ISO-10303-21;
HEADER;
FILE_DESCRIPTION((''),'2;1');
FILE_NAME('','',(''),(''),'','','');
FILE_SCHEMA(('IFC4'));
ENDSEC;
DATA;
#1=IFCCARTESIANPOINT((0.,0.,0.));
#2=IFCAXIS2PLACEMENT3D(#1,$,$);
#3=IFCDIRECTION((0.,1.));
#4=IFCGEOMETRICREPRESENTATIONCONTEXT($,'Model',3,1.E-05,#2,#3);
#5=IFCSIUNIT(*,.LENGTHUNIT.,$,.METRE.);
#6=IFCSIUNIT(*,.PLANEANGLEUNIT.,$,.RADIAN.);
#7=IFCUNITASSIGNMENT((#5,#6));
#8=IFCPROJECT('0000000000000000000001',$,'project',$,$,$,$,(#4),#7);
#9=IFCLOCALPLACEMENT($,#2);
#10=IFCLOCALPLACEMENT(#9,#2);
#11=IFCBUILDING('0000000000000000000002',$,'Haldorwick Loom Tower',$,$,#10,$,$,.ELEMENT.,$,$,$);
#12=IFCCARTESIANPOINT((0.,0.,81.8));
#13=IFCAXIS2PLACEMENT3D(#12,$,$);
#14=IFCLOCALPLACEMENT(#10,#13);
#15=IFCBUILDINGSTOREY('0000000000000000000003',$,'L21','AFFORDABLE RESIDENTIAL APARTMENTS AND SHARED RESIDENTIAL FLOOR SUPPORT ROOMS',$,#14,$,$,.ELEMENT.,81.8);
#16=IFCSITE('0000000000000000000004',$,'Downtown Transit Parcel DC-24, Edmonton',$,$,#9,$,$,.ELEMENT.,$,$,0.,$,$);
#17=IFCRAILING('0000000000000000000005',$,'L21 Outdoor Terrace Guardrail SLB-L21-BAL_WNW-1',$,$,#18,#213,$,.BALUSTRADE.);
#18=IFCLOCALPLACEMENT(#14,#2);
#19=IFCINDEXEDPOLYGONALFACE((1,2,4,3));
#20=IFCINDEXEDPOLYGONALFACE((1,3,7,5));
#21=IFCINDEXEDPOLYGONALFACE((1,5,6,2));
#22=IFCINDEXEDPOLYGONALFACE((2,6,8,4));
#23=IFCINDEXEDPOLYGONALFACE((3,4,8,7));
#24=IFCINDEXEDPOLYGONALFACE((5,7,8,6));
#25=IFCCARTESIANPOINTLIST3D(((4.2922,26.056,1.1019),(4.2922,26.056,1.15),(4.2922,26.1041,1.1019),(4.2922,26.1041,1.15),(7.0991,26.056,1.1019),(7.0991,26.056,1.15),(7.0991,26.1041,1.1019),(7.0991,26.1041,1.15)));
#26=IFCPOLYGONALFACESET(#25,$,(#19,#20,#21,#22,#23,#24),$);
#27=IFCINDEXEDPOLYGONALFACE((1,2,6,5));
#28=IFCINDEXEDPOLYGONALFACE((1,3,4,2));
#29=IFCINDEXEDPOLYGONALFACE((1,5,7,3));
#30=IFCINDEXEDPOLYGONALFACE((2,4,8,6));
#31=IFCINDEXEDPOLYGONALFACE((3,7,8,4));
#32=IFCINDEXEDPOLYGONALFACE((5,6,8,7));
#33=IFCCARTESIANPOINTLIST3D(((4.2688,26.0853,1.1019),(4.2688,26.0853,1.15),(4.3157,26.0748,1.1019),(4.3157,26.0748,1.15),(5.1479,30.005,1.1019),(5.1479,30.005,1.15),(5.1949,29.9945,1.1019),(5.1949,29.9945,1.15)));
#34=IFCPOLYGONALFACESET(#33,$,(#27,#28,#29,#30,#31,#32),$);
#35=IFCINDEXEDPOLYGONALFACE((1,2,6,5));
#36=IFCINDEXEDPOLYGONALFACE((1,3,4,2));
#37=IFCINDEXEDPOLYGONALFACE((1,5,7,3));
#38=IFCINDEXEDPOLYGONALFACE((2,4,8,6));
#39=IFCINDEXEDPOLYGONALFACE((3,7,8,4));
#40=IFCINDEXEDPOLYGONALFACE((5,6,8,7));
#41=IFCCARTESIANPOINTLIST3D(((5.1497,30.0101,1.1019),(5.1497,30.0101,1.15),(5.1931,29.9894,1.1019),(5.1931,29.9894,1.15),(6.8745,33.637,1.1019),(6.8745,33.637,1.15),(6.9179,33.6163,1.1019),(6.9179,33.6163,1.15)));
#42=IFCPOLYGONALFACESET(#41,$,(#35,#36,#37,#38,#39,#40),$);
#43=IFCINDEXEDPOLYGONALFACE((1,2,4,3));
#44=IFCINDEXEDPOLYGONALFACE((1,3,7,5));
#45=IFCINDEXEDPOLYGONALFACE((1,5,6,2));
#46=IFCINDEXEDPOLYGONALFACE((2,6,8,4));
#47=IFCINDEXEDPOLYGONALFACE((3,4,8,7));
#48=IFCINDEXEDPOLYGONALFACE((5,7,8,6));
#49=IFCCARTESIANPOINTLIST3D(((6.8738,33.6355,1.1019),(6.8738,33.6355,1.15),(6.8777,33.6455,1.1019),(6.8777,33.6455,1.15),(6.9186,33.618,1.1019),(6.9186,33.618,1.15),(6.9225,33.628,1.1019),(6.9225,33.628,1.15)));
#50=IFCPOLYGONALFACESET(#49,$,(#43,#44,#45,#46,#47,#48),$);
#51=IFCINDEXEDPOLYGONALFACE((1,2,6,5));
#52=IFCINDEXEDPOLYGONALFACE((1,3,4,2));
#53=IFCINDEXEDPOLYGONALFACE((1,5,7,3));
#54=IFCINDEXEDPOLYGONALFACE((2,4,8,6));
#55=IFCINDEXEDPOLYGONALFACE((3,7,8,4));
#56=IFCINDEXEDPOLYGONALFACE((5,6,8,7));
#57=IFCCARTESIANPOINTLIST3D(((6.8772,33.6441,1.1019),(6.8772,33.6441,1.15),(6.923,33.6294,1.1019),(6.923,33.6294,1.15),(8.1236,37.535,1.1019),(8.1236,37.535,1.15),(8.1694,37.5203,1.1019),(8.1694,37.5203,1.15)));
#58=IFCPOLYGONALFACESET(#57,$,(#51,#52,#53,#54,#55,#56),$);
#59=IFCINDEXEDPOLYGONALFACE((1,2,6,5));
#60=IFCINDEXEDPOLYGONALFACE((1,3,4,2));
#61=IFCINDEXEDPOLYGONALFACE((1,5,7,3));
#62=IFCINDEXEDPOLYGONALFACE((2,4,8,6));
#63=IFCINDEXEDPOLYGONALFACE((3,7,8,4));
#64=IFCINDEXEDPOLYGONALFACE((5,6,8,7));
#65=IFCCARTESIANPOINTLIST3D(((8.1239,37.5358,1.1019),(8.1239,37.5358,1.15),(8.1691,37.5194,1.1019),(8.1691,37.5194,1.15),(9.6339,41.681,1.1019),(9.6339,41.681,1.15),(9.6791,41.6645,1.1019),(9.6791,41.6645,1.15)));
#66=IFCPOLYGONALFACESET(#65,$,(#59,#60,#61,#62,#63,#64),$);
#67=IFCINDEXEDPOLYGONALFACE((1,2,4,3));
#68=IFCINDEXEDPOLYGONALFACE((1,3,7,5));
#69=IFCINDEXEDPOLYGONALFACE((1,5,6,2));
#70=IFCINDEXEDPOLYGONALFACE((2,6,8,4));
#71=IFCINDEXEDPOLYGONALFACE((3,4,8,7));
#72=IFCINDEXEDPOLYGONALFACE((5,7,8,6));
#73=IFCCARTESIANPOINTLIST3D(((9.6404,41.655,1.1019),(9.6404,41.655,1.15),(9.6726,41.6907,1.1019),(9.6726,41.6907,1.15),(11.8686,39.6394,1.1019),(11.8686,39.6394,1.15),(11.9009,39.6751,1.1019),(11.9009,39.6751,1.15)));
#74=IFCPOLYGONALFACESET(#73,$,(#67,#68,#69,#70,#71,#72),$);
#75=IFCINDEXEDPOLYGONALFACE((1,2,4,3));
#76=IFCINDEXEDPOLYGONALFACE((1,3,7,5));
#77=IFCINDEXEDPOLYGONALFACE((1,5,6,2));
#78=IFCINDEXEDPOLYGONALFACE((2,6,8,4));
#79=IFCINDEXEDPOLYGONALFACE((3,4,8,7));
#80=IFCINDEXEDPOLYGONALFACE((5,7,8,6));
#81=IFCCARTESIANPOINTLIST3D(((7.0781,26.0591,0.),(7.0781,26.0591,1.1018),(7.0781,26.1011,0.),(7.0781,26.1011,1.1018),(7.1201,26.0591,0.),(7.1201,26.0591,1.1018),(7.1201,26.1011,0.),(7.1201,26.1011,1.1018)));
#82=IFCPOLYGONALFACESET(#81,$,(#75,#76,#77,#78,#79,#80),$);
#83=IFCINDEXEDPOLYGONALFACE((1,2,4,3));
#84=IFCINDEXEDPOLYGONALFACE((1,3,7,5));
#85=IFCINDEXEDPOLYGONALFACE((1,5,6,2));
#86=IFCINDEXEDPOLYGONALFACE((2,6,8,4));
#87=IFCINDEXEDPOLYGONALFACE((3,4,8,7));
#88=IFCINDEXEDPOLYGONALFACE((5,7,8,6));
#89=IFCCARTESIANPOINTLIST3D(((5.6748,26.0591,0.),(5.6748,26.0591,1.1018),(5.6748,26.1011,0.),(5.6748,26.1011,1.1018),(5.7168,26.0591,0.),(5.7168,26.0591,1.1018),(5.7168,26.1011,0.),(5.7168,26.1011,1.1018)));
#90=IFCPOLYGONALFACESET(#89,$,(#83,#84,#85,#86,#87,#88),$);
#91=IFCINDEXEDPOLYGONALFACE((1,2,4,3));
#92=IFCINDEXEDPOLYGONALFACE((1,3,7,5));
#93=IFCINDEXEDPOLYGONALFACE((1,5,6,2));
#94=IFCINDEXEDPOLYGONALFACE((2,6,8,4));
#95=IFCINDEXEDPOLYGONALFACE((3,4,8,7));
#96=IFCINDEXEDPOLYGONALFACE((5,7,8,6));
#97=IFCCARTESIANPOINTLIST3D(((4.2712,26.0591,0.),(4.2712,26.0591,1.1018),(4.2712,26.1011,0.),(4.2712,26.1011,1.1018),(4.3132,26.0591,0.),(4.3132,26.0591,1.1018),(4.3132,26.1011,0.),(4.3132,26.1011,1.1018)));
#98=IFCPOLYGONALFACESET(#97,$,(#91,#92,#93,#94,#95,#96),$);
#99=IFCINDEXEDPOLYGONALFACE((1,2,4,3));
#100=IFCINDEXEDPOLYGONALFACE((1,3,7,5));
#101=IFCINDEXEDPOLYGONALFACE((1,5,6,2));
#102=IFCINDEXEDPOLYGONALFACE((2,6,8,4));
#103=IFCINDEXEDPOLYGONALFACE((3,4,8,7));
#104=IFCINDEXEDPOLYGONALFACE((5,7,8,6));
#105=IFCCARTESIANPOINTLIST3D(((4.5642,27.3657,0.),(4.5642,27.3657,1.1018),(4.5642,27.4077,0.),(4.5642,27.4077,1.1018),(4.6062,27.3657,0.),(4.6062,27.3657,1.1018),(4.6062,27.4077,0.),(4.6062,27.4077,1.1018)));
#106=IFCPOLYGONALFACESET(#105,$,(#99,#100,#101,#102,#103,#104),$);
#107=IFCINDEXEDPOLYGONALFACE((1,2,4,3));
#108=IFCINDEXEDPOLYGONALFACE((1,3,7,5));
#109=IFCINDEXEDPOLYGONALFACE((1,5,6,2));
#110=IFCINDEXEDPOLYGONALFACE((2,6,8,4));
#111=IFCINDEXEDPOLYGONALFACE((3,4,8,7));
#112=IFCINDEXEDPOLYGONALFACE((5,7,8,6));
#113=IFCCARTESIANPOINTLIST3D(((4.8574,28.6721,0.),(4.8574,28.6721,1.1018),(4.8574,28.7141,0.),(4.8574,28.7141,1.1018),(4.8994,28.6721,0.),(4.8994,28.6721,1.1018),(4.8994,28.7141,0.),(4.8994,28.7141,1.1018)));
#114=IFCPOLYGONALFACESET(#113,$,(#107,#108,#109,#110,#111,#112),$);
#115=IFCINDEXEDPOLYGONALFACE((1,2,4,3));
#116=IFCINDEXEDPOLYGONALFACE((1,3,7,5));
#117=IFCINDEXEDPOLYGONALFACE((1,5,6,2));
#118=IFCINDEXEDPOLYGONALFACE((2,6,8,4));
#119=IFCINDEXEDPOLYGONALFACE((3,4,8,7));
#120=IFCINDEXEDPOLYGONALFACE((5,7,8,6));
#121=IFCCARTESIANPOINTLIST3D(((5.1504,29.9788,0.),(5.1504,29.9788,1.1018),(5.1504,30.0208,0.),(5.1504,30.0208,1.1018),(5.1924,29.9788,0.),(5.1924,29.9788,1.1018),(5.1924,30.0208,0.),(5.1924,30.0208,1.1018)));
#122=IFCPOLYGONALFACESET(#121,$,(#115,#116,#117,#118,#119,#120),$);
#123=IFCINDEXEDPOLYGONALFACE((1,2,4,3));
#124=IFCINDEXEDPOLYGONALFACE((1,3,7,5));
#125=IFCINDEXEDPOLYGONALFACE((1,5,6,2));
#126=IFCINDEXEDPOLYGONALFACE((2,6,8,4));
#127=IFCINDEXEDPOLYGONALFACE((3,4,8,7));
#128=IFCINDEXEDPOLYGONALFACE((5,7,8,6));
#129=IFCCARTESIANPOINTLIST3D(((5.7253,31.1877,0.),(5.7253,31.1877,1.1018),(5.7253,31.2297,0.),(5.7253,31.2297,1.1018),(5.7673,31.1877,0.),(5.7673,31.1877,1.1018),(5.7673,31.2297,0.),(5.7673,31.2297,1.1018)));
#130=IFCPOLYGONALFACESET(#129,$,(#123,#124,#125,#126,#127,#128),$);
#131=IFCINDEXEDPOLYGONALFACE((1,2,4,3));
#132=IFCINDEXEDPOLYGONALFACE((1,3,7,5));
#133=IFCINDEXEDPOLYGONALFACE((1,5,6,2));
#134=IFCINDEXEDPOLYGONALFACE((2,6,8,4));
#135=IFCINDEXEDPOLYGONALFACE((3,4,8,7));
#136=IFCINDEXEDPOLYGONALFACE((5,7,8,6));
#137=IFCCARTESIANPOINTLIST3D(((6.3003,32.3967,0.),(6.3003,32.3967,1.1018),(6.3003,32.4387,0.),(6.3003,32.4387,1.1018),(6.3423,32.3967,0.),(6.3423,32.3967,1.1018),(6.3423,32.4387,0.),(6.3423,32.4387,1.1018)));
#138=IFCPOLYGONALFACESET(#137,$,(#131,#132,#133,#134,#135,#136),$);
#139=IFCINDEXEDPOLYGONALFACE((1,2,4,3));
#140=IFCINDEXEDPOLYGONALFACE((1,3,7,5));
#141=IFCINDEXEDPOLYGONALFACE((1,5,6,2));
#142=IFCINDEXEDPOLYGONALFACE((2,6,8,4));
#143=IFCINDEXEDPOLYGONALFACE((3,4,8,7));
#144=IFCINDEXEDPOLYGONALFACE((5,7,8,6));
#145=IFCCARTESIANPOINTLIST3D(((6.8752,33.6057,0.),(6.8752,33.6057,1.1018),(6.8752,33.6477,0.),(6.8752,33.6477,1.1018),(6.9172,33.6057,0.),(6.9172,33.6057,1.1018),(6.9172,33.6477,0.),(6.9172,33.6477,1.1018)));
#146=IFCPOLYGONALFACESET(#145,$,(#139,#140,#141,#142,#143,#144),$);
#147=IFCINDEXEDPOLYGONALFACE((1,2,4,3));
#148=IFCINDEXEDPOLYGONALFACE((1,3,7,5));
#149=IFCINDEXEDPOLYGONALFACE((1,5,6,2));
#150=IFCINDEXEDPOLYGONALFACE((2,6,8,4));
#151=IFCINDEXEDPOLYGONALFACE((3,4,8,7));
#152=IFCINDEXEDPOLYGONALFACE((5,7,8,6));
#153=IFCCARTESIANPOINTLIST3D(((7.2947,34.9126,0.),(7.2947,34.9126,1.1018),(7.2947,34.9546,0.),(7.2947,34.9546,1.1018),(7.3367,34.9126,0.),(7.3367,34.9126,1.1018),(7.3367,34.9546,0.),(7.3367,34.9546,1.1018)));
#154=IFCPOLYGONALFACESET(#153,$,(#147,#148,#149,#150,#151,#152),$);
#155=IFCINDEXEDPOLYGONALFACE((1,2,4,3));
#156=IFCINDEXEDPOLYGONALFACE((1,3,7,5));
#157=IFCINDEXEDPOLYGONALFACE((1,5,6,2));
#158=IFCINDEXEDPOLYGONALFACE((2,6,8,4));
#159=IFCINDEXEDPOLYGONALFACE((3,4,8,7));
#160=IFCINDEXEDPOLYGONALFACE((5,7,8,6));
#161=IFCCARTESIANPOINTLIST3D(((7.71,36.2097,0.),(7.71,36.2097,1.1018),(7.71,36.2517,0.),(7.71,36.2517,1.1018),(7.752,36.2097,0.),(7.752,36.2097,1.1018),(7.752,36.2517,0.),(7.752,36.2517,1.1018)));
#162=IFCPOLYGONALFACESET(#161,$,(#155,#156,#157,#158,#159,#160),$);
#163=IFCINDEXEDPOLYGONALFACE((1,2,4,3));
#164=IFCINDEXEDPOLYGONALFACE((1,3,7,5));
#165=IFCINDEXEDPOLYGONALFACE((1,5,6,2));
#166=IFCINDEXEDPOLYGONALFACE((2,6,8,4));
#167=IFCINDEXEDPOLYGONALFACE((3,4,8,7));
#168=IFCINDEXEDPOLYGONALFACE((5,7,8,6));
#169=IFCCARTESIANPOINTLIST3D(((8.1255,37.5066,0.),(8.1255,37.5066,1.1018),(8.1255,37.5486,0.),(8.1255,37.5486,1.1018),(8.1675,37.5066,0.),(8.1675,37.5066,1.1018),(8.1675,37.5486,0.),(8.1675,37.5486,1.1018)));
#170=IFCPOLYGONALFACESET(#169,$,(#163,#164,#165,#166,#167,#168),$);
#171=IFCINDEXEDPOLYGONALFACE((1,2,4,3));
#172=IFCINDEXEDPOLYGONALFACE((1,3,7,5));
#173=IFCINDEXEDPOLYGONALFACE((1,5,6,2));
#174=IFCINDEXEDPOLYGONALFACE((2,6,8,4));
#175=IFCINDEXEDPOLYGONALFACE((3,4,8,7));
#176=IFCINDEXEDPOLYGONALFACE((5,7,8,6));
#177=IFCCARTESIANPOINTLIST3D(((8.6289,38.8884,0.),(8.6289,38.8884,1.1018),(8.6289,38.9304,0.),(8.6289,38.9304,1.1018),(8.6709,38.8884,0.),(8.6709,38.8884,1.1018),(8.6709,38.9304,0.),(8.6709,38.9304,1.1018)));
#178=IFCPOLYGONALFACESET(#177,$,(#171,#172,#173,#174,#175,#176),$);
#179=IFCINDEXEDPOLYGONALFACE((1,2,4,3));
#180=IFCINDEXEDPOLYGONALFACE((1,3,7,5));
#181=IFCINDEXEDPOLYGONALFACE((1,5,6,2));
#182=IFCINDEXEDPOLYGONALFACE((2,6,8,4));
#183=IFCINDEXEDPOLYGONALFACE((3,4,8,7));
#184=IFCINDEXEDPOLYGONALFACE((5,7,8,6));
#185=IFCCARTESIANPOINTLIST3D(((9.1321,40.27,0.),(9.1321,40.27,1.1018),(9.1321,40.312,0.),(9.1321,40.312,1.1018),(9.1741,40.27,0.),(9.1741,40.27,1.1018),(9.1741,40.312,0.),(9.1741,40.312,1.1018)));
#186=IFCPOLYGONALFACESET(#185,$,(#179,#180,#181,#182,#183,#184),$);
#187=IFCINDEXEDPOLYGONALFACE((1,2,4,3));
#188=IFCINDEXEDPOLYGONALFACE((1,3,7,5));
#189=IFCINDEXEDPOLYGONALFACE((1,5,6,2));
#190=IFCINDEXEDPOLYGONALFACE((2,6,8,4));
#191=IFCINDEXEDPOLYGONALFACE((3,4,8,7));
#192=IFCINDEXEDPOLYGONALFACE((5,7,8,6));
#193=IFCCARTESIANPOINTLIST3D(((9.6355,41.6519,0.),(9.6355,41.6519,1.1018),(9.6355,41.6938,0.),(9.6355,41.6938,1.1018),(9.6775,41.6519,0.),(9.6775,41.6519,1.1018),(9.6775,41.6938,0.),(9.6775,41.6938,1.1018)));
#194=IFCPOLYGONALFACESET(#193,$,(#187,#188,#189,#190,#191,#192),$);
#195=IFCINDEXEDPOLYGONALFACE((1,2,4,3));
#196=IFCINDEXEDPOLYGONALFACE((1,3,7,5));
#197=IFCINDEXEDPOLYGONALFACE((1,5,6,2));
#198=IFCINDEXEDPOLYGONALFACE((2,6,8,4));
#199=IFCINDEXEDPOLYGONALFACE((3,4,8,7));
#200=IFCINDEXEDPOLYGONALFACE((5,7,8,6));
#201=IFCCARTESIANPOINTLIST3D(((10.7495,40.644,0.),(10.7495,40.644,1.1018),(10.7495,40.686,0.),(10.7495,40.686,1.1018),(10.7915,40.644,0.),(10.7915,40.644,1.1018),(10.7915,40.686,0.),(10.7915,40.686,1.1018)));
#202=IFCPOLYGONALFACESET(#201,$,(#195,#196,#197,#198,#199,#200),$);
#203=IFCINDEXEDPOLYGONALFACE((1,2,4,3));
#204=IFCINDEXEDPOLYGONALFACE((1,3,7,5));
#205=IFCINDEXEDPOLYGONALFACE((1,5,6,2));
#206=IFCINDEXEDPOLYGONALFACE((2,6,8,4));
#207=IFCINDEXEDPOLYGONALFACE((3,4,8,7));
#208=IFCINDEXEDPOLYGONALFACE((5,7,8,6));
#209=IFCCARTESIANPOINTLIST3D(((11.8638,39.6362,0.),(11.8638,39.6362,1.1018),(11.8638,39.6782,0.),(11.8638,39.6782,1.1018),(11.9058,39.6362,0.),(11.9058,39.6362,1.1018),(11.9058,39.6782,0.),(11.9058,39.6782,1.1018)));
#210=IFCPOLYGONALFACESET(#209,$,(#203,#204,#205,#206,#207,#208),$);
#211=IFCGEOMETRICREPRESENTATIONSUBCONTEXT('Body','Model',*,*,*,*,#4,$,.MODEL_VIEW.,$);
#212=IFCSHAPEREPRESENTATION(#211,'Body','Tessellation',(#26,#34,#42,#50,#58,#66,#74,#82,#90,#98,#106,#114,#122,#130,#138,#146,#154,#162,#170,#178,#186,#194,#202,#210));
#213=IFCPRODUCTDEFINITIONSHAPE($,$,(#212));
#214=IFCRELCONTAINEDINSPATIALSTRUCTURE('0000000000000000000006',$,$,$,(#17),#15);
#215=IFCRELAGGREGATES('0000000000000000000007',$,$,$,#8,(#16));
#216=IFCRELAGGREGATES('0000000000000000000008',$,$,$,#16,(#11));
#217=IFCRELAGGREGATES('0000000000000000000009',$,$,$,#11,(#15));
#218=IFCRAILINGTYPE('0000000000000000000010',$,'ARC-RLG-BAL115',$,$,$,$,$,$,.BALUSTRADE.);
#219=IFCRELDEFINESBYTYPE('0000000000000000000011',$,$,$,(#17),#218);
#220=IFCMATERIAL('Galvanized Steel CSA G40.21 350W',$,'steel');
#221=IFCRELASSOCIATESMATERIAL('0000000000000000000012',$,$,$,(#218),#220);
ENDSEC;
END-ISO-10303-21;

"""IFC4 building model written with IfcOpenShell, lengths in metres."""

from ifc_helpers import new_model, si_unit, direction, frame, origin, origin_2d, place, context, subcontext, project, spatial, rectangle, extrude, material, type_object, element, save


model = new_model("IFC4")

# Units and contexts
model_context = context("Model", 3, precision=1e-05, world=origin(), true_north=direction((0.0, 1.0)))
body_context = subcontext(model_context, "Body", "Model", "MODEL_VIEW")
ifc_project = project(units=[si_unit("LENGTHUNIT", "METRE"), si_unit("PLANEANGLEUNIT", "RADIAN")], contexts=[model_context])

# Site, building, storey
site_placement = place(None, origin())
site = spatial("IfcSite", under=ifc_project, at=site_placement, Name="Downtown Transit Parcel DC-24, Edmonton", CompositionType="ELEMENT", RefElevation=0.0)
building_placement = place(site_placement, origin())
building = spatial("IfcBuilding", under=site, at=building_placement, Name="Haldorwick Loom Tower", CompositionType="ELEMENT")
storey_placement = place(building_placement, frame((0.0, 0.0, 81.8)))
storey = spatial("IfcBuildingStorey", under=building, at=storey_placement, Name="L21", Description="AFFORDABLE RESIDENTIAL APARTMENTS AND SHARED RESIDENTIAL FLOOR SUPPORT ROOMS", CompositionType="ELEMENT", Elevation=81.8)

# Railing
ifc_material_1 = material(Name="Galvanized Steel CSA G40.21 350W", Category="steel")
railing_type = type_object("IfcRailingType", Name="ARC-RLG-BAL115", PredefinedType="BALUSTRADE", material=ifc_material_1)
railing_placement = place(storey_placement, frame((7.0991, 26.0801, 0.0)))
element("IfcRailing", 1, at=railing_placement, inside=storey, type_object=railing_type, Name="L21 Outdoor Terrace Guardrail SLB-L21-BAL_WNW-1", PredefinedType="BALUSTRADE", context=body_context, shape_type="SweptSolid", body=[
    extrude(rectangle(XDim=0.0481, YDim=0.0481, at=origin_2d()), frame((0.0, 0.0, 1.126), z_axis=(-1.0, 0.0, 0.0), x_axis=(0.0, -1.0, 0.0)), (0.0, 0.0, 1.0), 2.8069),
    extrude(rectangle(XDim=0.0481, YDim=0.0481, at=origin_2d()), frame((-2.8069, 0.0, 1.126), z_axis=(0.218854, 0.975758, 0.0), x_axis=(-0.975758, 0.218854, 0.0)), (0.0, 0.0, 1.0), 4.0171),
    extrude(rectangle(XDim=0.0481, YDim=0.0481, at=origin_2d()), frame((-1.9277, 3.9197, 1.126), z_axis=(0.429473, 0.90308, 0.0), x_axis=(-0.90308, 0.429473, 0.0)), (0.0, 0.0, 1.0), 4.0161),
    extrude(rectangle(XDim=0.0481, YDim=0.0481, at=origin_2d()), frame((-0.2029, 7.5466, 1.126), z_axis=(0.363542, 0.931578, 0.0), x_axis=(-0.931578, 0.363542, 0.0)), (0.0, 0.0, 1.0), 0.0107),
    extrude(rectangle(XDim=0.0481, YDim=0.0481, at=origin_2d()), frame((-0.199, 7.5566, 1.126), z_axis=(0.305055, 0.952335, 0.0), x_axis=(-0.952335, 0.305055, 0.0)), (0.0, 0.0, 1.0), 4.0857),
    extrude(rectangle(XDim=0.0481, YDim=0.0481, at=origin_2d()), frame((1.0474, 11.4475, 1.126), z_axis=(0.342272, 0.939601, 0.0), x_axis=(-0.939601, 0.342272, 0.0)), (0.0, 0.0, 1.0), 4.4116),
    extrude(rectangle(XDim=0.0481, YDim=0.0481, at=origin_2d()), frame((2.5574, 15.5928, 1.126), z_axis=(0.741607, -0.670835, 0.0), x_axis=(0.670835, 0.741607, 0.0)), (0.0, 0.0, 1.0), 3.0046),
    extrude(rectangle(XDim=0.042, YDim=0.042, at=origin_2d()), origin(), (0.0, 0.0, 1.0), 1.1018),
    extrude(rectangle(XDim=0.042, YDim=0.042, at=origin_2d()), frame((-1.4033, 0.0, 0.0)), (0.0, 0.0, 1.0), 1.1018),
    extrude(rectangle(XDim=0.042, YDim=0.042, at=origin_2d()), frame((-2.8069, 0.0, 0.0)), (0.0, 0.0, 1.0), 1.1018),
    extrude(rectangle(XDim=0.042, YDim=0.042, at=origin_2d()), frame((-2.5139, 1.3066, 0.0)), (0.0, 0.0, 1.0), 1.1018),
    extrude(rectangle(XDim=0.042, YDim=0.042, at=origin_2d()), frame((-2.2207, 2.613, 0.0)), (0.0, 0.0, 1.0), 1.1018),
    extrude(rectangle(XDim=0.042, YDim=0.042, at=origin_2d()), frame((-1.9277, 3.9197, 0.0)), (0.0, 0.0, 1.0), 1.1018),
    extrude(rectangle(XDim=0.042, YDim=0.042, at=origin_2d()), frame((-1.3528, 5.1287, 0.0)), (0.0, 0.0, 1.0), 1.1018),
    extrude(rectangle(XDim=0.042, YDim=0.042, at=origin_2d()), frame((-0.7778, 6.3376, 0.0)), (0.0, 0.0, 1.0), 1.1018),
    extrude(rectangle(XDim=0.042, YDim=0.042, at=origin_2d()), frame((-0.2029, 7.5466, 0.0)), (0.0, 0.0, 1.0), 1.1018),
    extrude(rectangle(XDim=0.042, YDim=0.042, at=origin_2d()), frame((0.2166, 8.8535, 0.0)), (0.0, 0.0, 1.0), 1.1018),
    extrude(rectangle(XDim=0.042, YDim=0.042, at=origin_2d()), frame((0.6318, 10.1506, 0.0)), (0.0, 0.0, 1.0), 1.1018),
    extrude(rectangle(XDim=0.042, YDim=0.042, at=origin_2d()), frame((1.0474, 11.4475, 0.0)), (0.0, 0.0, 1.0), 1.1018),
    extrude(rectangle(XDim=0.042, YDim=0.042, at=origin_2d()), frame((1.5508, 12.8293, 0.0)), (0.0, 0.0, 1.0), 1.1018),
    extrude(rectangle(XDim=0.042, YDim=0.042, at=origin_2d()), frame((2.054, 14.2109, 0.0)), (0.0, 0.0, 1.0), 1.1018),
    extrude(rectangle(XDim=0.042, YDim=0.042, at=origin_2d()), frame((2.5574, 15.5928, 0.0)), (0.0, 0.0, 1.0), 1.1018),
    extrude(rectangle(XDim=0.042, YDim=0.042, at=origin_2d()), frame((3.6714, 14.585, 0.0)), (0.0, 0.0, 1.0), 1.1018),
    extrude(rectangle(XDim=0.042, YDim=0.042, at=origin_2d()), frame((4.7856, 13.5771, 0.0)), (0.0, 0.0, 1.0), 1.1018),
])

save(model, "model.ifc")
